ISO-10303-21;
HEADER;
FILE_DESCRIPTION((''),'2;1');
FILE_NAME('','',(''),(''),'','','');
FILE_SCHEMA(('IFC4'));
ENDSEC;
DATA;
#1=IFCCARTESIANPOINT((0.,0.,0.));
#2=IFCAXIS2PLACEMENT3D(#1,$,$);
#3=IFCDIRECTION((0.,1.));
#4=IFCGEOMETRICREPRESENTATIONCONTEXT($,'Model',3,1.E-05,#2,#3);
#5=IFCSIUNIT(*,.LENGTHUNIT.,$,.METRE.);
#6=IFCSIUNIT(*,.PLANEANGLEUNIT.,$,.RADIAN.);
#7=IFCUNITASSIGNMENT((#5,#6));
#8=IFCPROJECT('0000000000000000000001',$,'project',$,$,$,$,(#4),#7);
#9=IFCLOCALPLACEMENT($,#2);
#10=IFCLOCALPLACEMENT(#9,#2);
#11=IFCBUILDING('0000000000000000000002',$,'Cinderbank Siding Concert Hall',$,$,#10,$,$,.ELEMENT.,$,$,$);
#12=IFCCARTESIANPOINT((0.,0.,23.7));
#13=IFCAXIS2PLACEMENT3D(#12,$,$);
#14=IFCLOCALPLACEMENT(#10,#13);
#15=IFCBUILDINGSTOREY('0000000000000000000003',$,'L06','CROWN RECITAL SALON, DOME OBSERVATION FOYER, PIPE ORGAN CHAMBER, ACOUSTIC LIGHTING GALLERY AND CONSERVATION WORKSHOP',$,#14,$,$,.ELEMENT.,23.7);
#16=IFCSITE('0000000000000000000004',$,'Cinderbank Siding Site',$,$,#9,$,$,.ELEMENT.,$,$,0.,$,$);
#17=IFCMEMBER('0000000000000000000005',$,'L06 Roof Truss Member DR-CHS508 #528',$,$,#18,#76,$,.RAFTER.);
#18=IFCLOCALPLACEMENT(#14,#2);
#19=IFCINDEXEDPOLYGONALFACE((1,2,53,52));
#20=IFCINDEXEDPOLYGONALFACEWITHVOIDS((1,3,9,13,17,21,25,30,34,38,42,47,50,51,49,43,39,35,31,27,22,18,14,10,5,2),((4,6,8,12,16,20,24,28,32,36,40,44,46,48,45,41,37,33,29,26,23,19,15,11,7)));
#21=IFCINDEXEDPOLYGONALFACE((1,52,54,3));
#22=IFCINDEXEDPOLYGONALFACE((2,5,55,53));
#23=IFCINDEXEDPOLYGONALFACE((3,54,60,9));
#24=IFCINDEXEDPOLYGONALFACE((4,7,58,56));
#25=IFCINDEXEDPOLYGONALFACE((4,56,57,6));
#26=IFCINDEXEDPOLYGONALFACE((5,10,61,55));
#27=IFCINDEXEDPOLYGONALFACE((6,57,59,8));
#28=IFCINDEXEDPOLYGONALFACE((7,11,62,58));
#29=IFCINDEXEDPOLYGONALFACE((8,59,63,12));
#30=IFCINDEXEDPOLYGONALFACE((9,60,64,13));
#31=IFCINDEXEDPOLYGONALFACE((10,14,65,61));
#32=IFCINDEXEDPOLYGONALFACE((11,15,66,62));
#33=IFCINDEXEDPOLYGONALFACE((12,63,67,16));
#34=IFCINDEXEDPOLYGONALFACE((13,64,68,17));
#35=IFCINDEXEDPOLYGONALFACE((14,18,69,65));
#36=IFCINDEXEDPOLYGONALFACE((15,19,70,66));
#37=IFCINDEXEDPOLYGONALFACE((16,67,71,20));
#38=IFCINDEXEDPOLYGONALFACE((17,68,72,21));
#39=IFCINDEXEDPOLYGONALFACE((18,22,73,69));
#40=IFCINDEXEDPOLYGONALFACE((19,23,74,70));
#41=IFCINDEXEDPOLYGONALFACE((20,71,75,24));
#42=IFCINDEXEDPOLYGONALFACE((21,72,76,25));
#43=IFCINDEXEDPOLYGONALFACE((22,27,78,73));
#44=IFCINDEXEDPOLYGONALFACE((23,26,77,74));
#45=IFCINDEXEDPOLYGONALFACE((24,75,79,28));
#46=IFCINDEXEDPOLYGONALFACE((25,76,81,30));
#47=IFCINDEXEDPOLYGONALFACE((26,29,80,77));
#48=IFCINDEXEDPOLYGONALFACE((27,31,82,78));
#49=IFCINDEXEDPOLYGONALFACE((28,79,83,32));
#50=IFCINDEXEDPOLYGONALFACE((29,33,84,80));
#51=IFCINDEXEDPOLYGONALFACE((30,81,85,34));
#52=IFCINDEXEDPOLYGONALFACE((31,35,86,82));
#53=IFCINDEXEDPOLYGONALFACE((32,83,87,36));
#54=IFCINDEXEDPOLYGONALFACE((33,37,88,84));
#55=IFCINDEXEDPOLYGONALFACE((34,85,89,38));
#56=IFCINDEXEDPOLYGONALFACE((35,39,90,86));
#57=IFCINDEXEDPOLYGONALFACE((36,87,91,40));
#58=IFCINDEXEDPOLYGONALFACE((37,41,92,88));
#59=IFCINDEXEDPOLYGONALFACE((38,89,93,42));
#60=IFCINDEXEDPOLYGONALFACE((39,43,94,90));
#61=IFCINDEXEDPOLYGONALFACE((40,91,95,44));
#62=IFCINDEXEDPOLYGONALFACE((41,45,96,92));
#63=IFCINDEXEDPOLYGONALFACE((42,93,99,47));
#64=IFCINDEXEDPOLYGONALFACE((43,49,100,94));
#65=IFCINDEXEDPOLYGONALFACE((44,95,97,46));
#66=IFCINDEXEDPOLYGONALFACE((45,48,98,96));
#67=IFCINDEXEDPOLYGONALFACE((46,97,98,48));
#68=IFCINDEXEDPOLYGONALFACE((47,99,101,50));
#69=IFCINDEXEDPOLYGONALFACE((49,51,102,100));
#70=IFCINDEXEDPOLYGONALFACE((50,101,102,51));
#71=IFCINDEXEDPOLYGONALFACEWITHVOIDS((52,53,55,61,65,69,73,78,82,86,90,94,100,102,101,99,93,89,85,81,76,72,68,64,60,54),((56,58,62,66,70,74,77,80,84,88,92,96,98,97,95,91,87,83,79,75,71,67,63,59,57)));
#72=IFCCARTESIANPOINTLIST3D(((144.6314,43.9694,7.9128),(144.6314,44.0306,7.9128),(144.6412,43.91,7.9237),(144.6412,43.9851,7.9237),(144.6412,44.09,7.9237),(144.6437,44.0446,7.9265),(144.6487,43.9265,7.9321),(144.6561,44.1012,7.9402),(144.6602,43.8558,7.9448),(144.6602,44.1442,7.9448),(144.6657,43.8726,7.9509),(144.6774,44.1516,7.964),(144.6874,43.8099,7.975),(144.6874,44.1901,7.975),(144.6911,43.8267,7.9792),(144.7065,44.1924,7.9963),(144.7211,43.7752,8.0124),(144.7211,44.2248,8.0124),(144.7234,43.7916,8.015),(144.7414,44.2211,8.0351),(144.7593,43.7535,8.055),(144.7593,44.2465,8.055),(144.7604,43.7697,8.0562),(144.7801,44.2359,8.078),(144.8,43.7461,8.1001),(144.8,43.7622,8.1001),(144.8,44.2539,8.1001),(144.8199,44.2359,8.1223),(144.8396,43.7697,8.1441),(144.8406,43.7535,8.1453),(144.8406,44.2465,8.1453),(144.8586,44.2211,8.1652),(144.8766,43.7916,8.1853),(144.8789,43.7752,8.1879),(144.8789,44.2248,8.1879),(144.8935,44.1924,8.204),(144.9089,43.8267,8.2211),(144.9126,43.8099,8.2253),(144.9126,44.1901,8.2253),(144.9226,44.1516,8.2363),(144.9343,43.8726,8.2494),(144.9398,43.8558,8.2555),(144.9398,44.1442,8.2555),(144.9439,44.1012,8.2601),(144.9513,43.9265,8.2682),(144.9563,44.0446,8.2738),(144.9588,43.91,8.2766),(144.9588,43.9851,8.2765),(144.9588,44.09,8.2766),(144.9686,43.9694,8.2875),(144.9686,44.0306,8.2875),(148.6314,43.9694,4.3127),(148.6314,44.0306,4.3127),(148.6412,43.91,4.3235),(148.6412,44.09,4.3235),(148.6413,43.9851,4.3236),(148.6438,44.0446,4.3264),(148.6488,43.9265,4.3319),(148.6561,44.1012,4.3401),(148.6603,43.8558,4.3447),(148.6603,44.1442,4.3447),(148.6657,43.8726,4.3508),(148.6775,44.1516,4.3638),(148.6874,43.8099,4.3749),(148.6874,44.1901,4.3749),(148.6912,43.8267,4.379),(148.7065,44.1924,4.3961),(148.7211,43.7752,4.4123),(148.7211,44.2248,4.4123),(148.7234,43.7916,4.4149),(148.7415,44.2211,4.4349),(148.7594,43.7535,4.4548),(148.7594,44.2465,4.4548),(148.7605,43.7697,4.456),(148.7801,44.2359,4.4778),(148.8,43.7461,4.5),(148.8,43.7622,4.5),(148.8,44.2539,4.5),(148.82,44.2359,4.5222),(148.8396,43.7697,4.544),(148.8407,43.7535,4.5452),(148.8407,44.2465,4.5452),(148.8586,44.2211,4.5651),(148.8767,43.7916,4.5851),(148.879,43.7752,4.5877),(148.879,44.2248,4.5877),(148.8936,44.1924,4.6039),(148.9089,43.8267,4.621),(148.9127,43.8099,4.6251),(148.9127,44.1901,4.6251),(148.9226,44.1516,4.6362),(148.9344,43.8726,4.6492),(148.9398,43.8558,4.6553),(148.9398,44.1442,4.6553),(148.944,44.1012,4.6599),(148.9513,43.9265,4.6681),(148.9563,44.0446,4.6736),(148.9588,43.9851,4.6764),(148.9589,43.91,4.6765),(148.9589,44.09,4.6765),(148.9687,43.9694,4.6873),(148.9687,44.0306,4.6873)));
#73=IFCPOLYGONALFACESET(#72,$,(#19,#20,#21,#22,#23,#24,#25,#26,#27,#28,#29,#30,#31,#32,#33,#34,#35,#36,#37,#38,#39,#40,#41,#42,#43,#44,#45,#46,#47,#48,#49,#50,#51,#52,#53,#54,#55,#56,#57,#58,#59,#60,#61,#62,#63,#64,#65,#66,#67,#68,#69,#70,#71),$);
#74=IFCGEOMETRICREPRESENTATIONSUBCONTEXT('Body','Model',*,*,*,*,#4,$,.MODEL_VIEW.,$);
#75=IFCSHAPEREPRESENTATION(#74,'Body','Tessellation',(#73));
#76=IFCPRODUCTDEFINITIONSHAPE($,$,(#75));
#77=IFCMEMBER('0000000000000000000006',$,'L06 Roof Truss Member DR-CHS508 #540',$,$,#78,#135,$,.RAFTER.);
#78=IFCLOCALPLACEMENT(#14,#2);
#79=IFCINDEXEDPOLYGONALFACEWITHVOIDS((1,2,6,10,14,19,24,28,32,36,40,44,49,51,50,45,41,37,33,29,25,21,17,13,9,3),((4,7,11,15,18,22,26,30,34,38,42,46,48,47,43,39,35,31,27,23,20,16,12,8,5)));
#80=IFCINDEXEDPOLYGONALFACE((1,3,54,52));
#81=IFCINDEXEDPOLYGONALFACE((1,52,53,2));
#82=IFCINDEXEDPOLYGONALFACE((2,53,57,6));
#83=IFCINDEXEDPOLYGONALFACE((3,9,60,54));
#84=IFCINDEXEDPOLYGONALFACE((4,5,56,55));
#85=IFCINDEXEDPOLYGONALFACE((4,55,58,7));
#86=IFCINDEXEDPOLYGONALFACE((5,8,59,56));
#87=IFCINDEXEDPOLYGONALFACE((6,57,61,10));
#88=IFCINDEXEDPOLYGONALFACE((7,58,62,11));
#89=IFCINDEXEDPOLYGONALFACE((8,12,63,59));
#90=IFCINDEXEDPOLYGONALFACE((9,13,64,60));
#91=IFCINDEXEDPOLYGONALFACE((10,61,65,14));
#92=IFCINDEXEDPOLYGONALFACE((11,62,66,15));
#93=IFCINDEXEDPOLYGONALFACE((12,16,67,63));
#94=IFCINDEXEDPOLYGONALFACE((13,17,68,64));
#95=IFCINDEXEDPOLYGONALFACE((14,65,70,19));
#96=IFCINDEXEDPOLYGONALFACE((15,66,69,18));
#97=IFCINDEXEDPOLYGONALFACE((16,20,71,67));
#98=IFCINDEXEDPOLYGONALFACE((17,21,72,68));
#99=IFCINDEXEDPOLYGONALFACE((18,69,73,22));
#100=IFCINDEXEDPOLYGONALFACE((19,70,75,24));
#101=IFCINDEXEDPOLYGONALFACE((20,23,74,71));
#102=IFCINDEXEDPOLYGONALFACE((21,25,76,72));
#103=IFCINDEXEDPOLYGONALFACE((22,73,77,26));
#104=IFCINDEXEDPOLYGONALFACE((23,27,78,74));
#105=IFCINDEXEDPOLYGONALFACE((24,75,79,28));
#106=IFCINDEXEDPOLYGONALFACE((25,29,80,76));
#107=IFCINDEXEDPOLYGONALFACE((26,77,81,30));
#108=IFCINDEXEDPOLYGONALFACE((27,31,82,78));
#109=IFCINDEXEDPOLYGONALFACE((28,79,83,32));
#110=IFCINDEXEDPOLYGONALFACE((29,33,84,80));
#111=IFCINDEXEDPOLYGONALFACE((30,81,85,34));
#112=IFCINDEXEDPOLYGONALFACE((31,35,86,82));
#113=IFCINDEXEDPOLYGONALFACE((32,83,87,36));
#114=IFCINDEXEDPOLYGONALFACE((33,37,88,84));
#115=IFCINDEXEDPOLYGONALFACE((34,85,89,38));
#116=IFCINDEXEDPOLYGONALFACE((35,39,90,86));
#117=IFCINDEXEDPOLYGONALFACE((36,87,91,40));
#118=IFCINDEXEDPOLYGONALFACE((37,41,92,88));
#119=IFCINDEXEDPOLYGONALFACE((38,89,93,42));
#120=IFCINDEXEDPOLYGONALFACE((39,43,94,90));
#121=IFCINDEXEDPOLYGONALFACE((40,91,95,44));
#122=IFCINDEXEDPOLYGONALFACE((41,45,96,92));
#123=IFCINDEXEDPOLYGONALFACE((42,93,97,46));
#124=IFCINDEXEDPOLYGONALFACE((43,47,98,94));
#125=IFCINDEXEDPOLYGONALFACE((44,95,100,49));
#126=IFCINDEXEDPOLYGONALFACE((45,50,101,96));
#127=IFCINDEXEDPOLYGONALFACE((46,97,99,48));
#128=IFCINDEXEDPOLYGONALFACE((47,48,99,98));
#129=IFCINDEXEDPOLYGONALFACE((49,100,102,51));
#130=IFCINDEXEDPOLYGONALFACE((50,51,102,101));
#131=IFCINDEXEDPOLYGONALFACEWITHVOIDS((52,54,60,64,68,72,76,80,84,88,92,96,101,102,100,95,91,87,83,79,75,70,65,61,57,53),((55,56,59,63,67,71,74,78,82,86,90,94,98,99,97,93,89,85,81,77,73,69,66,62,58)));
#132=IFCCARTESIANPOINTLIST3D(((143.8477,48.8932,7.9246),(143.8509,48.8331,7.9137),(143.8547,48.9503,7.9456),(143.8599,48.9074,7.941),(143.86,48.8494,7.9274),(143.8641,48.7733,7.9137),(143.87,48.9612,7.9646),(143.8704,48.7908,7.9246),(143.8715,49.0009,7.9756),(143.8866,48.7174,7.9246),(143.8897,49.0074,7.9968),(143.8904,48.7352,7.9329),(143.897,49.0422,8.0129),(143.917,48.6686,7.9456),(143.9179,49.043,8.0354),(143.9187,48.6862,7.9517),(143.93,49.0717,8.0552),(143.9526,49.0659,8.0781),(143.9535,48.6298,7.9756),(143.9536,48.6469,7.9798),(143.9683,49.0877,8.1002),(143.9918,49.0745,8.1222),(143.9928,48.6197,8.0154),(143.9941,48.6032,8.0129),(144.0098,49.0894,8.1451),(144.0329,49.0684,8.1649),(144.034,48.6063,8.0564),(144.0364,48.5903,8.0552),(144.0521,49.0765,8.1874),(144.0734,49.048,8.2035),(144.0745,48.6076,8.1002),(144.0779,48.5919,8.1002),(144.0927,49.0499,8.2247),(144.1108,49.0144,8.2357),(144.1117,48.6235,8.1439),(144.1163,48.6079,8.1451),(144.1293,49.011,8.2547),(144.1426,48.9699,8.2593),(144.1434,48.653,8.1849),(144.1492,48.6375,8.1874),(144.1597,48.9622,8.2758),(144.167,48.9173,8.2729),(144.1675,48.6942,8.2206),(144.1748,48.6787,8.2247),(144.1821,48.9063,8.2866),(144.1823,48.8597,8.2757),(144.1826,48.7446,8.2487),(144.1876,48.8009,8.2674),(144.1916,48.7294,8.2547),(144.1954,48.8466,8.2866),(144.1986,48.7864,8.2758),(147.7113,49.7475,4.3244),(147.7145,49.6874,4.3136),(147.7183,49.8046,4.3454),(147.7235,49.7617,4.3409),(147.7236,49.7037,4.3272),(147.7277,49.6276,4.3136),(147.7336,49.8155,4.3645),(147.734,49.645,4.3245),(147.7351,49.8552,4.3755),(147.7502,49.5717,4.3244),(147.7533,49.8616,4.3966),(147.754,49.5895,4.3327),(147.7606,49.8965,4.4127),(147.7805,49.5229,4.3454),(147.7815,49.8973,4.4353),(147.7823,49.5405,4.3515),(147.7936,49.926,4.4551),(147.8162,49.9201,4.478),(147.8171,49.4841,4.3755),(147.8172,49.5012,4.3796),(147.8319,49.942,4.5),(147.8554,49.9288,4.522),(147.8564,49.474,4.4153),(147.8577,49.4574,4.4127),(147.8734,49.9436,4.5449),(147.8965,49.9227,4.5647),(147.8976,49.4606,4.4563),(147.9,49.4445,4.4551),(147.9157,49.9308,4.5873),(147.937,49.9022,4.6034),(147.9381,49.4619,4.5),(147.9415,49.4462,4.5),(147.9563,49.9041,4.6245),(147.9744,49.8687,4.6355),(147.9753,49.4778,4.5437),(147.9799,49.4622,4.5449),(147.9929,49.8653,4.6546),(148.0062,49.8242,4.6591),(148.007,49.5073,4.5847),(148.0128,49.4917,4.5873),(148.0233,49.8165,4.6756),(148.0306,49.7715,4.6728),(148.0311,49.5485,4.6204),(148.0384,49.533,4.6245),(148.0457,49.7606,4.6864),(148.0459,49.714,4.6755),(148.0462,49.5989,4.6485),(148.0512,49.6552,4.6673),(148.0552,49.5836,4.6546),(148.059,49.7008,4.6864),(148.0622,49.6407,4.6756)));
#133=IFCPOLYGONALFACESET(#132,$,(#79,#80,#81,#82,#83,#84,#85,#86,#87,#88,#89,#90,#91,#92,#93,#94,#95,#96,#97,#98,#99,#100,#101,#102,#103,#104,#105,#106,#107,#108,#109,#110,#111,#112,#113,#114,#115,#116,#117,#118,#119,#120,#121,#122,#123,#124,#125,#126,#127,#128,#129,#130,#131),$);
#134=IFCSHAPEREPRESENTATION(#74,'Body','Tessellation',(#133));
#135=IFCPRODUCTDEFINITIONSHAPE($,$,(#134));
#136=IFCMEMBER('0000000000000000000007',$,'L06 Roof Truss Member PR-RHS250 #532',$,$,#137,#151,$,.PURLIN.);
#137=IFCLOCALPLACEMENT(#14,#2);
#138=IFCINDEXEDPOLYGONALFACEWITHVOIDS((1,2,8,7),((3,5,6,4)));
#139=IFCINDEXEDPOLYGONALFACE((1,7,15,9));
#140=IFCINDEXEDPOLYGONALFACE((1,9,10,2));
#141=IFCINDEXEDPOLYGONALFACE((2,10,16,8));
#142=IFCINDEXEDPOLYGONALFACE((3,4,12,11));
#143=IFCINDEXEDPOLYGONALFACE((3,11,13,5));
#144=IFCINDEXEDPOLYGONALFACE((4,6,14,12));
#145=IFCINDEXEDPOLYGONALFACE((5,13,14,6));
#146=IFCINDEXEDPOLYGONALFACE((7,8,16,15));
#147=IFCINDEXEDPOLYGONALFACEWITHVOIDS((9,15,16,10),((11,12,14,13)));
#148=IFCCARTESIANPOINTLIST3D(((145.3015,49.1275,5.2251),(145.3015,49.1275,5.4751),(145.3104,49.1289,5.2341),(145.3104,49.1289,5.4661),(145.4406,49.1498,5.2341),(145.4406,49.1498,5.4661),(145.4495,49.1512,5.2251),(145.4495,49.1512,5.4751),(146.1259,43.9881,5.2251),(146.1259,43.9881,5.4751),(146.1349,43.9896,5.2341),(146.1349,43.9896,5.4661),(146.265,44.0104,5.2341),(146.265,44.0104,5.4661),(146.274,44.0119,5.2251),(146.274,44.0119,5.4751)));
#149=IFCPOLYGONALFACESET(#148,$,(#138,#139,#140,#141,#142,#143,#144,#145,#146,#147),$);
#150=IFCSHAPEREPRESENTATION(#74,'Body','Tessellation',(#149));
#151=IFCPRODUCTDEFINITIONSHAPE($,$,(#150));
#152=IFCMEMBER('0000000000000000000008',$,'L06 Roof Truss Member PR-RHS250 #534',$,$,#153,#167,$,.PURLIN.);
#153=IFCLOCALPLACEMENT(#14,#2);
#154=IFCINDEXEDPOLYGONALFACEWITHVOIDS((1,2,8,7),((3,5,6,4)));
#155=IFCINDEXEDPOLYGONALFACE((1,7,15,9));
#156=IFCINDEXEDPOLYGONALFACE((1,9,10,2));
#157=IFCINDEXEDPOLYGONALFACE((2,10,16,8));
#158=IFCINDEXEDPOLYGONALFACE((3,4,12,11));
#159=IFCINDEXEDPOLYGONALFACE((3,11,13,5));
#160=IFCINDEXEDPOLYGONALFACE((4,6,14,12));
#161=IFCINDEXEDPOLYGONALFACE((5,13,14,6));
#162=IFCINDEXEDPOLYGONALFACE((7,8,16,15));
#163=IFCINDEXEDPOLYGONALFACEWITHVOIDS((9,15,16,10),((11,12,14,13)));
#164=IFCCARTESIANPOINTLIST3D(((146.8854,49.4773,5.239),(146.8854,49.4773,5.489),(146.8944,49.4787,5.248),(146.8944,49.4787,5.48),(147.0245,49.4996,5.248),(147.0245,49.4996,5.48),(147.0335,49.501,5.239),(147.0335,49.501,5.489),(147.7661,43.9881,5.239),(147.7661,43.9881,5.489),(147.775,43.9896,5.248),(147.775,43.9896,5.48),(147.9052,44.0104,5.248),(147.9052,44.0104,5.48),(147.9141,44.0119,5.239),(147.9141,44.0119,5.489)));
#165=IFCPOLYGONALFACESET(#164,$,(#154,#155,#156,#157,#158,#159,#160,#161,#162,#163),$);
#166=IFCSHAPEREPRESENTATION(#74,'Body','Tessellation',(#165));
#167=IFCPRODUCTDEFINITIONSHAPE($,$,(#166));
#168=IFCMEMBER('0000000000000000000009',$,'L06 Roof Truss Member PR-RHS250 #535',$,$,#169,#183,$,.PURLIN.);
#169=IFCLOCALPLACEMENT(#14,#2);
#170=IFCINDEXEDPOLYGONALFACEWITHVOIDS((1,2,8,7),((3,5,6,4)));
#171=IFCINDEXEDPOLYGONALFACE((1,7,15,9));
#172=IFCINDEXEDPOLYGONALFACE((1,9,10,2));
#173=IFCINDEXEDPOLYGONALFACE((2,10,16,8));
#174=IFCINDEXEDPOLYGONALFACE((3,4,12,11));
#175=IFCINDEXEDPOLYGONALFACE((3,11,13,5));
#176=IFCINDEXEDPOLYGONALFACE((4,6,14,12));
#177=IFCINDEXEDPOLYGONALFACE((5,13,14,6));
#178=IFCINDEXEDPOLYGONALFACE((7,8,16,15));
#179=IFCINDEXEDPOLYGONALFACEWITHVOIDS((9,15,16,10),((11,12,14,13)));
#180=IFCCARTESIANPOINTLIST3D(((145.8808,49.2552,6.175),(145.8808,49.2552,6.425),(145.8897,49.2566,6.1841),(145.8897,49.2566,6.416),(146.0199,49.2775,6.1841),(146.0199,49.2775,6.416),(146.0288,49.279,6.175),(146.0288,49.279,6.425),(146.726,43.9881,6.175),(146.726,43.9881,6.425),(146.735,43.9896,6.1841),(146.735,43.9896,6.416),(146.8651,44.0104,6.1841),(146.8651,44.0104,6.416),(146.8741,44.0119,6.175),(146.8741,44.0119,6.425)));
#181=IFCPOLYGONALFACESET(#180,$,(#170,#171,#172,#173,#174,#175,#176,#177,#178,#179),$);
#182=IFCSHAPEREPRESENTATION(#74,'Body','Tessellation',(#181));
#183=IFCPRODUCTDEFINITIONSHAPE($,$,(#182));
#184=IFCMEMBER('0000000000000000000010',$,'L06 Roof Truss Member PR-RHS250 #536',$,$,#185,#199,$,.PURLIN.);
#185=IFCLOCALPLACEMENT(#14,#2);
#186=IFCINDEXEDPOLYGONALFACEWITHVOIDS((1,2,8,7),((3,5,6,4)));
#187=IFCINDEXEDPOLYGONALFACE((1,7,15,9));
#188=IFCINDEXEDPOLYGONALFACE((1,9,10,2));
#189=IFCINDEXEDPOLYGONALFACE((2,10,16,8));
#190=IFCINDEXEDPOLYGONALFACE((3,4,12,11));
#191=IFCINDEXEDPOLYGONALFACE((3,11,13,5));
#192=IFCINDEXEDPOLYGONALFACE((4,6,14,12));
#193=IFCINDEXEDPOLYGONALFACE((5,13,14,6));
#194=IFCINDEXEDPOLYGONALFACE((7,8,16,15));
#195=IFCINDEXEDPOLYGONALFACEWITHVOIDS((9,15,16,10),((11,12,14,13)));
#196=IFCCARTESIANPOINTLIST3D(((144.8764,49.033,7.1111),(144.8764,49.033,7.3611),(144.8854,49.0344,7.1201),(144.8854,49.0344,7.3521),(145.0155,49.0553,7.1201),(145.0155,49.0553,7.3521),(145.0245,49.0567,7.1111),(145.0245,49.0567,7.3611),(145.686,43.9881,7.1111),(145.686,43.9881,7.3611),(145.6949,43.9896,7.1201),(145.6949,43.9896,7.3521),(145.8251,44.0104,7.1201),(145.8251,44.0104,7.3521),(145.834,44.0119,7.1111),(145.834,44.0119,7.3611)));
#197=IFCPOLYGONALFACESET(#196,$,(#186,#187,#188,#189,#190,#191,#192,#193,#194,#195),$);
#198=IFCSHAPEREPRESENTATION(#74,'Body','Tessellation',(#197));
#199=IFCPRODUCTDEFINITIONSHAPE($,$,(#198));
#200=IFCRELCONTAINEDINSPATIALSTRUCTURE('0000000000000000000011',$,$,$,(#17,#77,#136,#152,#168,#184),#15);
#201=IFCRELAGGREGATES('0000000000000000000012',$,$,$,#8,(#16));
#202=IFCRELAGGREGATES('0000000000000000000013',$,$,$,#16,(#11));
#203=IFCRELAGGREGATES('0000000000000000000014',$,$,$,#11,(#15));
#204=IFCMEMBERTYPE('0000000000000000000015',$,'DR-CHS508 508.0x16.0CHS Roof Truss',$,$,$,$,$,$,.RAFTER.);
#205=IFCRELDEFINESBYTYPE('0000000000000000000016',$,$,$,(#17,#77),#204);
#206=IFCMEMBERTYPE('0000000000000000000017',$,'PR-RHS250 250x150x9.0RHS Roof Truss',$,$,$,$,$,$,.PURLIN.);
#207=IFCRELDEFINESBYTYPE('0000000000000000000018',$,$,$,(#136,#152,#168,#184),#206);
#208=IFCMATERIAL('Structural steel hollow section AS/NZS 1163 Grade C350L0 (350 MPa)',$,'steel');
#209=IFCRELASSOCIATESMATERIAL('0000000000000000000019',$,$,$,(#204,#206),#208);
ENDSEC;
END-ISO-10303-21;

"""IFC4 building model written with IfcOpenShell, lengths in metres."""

from ifc_helpers import new_model, si_unit, direction, frame, origin, origin_2d, place, context, subcontext, project, spatial, hollow_rectangle, hollow_circle, extrude, material, material_profile, profile_set, type_object, element, save


model = new_model("IFC4")

# Units and contexts
model_context = context("Model", 3, precision=1e-05, world=origin(), true_north=direction((0.0, 1.0)))
body_context = subcontext(model_context, "Body", "Model", "MODEL_VIEW")
ifc_project = project(units=[si_unit("LENGTHUNIT", "METRE"), si_unit("PLANEANGLEUNIT", "RADIAN")], contexts=[model_context])

# Site, building, storey
site_placement = place(None, origin())
site = spatial("IfcSite", under=ifc_project, at=site_placement, Name="Cinderbank Siding Site", CompositionType="ELEMENT", RefElevation=0.0)
building_placement = place(site_placement, origin())
building = spatial("IfcBuilding", under=site, at=building_placement, Name="Cinderbank Siding Concert Hall", CompositionType="ELEMENT")
storey_placement = place(building_placement, frame((0.0, 0.0, 23.7)))
storey = spatial("IfcBuildingStorey", under=building, at=storey_placement, Name="L06", Description="CROWN RECITAL SALON, DOME OBSERVATION FOYER, PIPE ORGAN CHAMBER, ACOUSTIC LIGHTING GALLERY AND CONSERVATION WORKSHOP", CompositionType="ELEMENT", Elevation=23.7)

# Members
ifc_material_1 = material(Name="Structural steel hollow section AS/NZS 1163 Grade C350L0 (350 MPa)", Category="steel")
ifc_material_profile_1 = material_profile(ifc_material_1, hollow_circle(Radius=0.2539, WallThickness=0.0161, at=origin_2d()), Name="508.0x16.0CHS", Category="LoadBearing")
ifc_profile_set_1 = profile_set([ifc_material_profile_1], Name="Structural steel hollow section AS/NZS 1163 Grade C350L0 (350 MPa)")
member_type_1 = type_object("IfcMemberType", Name="DR-CHS508 508.0x16.0CHS Roof Truss", PredefinedType="RAFTER", material=ifc_profile_set_1)
member_1_placement = place(storey_placement, frame((148.8, 44.0, 4.5), z_axis=(-0.743285, 0.0, 0.668975), x_axis=(0.0, -1.0, 0.0)))
element("IfcMember", 1, at=member_1_placement, inside=storey, type_object=member_type_1, Name="L06 Roof Truss Member DR-CHS508 #528", PredefinedType="RAFTER", context=body_context, shape_type="SweptSolid", body=[
    extrude(hollow_circle(Radius=0.2539, WallThickness=0.0161, at=origin_2d()), origin(), (0.0, 0.0, 1.0), 5.3816),
])
member_2_placement = place(storey_placement, frame((147.8867, 49.6941, 4.5), z_axis=(-0.72222, -0.159687, 0.672977), x_axis=(0.215892, -0.976417, 0.0)))
element("IfcMember", 2, at=member_2_placement, inside=storey, type_object=member_type_1, Name="L06 Roof Truss Member DR-CHS508 #540", PredefinedType="RAFTER", context=body_context, shape_type="SweptSolid", body=[
    extrude(hollow_circle(Radius=0.2539, WallThickness=0.0161, at=origin_2d()), origin(), (0.0, 0.0, 1.0), 5.3496),
])
ifc_material_profile_2 = material_profile(ifc_material_1, hollow_rectangle(XDim=0.1499, YDim=0.25, WallThickness=0.009, at=origin_2d()), Name="250x150x9.0RHS", Category="LoadBearing")
ifc_profile_set_2 = profile_set([ifc_material_profile_2], Name="Structural steel hollow section AS/NZS 1163 Grade C350L0 (350 MPa)")
member_type_2 = type_object("IfcMemberType", Name="PR-RHS250 250x150x9.0RHS Roof Truss", PredefinedType="PURLIN", material=ifc_profile_set_2)
member_3_placement = place(storey_placement, frame((146.2, 44.0, 5.3501), z_axis=(-0.158395, 0.987376, 0.0), x_axis=(-0.987376, -0.158395, 0.0)))
element("IfcMember", 3, at=member_3_placement, inside=storey, type_object=member_type_2, Name="L06 Roof Truss Member PR-RHS250 #532", PredefinedType="PURLIN", context=body_context, shape_type="SweptSolid", body=[
    extrude(hollow_rectangle(XDim=0.1499, YDim=0.25, WallThickness=0.009, at=origin_2d()), origin(), (0.0, 0.0, 1.0), 5.2051),
])
member_4_placement = place(storey_placement, frame((147.8401, 44.0, 5.364), z_axis=(-0.158407, 0.987374, 0.0), x_axis=(-0.987374, -0.158407, 0.0)))
element("IfcMember", 4, at=member_4_placement, inside=storey, type_object=member_type_2, Name="L06 Roof Truss Member PR-RHS250 #534", PredefinedType="PURLIN", context=body_context, shape_type="SweptSolid", body=[
    extrude(hollow_rectangle(XDim=0.1499, YDim=0.25, WallThickness=0.009, at=origin_2d()), origin(), (0.0, 0.0, 1.0), 5.5593),
])
member_5_placement = place(storey_placement, frame((146.8, 44.0, 6.3), z_axis=(-0.158444, 0.987368, 0.0), x_axis=(-0.987368, -0.158444, 0.0)))
element("IfcMember", 5, at=member_5_placement, inside=storey, type_object=member_type_2, Name="L06 Roof Truss Member PR-RHS250 #535", PredefinedType="PURLIN", context=body_context, shape_type="SweptSolid", body=[
    extrude(hollow_rectangle(XDim=0.1499, YDim=0.25, WallThickness=0.009, at=origin_2d()), origin(), (0.0, 0.0, 1.0), 5.3345),
])
member_6_placement = place(storey_placement, frame((145.76, 44.0, 7.2361), z_axis=(-0.158445, 0.987368, 0.0), x_axis=(-0.987368, -0.158445, 0.0)))
element("IfcMember", 6, at=member_6_placement, inside=storey, type_object=member_type_2, Name="L06 Roof Truss Member PR-RHS250 #536", PredefinedType="PURLIN", context=body_context, shape_type="SweptSolid", body=[
    extrude(hollow_rectangle(XDim=0.1499, YDim=0.25, WallThickness=0.009, at=origin_2d()), origin(), (0.0, 0.0, 1.0), 5.1094),
])

save(model, "model.ifc")
